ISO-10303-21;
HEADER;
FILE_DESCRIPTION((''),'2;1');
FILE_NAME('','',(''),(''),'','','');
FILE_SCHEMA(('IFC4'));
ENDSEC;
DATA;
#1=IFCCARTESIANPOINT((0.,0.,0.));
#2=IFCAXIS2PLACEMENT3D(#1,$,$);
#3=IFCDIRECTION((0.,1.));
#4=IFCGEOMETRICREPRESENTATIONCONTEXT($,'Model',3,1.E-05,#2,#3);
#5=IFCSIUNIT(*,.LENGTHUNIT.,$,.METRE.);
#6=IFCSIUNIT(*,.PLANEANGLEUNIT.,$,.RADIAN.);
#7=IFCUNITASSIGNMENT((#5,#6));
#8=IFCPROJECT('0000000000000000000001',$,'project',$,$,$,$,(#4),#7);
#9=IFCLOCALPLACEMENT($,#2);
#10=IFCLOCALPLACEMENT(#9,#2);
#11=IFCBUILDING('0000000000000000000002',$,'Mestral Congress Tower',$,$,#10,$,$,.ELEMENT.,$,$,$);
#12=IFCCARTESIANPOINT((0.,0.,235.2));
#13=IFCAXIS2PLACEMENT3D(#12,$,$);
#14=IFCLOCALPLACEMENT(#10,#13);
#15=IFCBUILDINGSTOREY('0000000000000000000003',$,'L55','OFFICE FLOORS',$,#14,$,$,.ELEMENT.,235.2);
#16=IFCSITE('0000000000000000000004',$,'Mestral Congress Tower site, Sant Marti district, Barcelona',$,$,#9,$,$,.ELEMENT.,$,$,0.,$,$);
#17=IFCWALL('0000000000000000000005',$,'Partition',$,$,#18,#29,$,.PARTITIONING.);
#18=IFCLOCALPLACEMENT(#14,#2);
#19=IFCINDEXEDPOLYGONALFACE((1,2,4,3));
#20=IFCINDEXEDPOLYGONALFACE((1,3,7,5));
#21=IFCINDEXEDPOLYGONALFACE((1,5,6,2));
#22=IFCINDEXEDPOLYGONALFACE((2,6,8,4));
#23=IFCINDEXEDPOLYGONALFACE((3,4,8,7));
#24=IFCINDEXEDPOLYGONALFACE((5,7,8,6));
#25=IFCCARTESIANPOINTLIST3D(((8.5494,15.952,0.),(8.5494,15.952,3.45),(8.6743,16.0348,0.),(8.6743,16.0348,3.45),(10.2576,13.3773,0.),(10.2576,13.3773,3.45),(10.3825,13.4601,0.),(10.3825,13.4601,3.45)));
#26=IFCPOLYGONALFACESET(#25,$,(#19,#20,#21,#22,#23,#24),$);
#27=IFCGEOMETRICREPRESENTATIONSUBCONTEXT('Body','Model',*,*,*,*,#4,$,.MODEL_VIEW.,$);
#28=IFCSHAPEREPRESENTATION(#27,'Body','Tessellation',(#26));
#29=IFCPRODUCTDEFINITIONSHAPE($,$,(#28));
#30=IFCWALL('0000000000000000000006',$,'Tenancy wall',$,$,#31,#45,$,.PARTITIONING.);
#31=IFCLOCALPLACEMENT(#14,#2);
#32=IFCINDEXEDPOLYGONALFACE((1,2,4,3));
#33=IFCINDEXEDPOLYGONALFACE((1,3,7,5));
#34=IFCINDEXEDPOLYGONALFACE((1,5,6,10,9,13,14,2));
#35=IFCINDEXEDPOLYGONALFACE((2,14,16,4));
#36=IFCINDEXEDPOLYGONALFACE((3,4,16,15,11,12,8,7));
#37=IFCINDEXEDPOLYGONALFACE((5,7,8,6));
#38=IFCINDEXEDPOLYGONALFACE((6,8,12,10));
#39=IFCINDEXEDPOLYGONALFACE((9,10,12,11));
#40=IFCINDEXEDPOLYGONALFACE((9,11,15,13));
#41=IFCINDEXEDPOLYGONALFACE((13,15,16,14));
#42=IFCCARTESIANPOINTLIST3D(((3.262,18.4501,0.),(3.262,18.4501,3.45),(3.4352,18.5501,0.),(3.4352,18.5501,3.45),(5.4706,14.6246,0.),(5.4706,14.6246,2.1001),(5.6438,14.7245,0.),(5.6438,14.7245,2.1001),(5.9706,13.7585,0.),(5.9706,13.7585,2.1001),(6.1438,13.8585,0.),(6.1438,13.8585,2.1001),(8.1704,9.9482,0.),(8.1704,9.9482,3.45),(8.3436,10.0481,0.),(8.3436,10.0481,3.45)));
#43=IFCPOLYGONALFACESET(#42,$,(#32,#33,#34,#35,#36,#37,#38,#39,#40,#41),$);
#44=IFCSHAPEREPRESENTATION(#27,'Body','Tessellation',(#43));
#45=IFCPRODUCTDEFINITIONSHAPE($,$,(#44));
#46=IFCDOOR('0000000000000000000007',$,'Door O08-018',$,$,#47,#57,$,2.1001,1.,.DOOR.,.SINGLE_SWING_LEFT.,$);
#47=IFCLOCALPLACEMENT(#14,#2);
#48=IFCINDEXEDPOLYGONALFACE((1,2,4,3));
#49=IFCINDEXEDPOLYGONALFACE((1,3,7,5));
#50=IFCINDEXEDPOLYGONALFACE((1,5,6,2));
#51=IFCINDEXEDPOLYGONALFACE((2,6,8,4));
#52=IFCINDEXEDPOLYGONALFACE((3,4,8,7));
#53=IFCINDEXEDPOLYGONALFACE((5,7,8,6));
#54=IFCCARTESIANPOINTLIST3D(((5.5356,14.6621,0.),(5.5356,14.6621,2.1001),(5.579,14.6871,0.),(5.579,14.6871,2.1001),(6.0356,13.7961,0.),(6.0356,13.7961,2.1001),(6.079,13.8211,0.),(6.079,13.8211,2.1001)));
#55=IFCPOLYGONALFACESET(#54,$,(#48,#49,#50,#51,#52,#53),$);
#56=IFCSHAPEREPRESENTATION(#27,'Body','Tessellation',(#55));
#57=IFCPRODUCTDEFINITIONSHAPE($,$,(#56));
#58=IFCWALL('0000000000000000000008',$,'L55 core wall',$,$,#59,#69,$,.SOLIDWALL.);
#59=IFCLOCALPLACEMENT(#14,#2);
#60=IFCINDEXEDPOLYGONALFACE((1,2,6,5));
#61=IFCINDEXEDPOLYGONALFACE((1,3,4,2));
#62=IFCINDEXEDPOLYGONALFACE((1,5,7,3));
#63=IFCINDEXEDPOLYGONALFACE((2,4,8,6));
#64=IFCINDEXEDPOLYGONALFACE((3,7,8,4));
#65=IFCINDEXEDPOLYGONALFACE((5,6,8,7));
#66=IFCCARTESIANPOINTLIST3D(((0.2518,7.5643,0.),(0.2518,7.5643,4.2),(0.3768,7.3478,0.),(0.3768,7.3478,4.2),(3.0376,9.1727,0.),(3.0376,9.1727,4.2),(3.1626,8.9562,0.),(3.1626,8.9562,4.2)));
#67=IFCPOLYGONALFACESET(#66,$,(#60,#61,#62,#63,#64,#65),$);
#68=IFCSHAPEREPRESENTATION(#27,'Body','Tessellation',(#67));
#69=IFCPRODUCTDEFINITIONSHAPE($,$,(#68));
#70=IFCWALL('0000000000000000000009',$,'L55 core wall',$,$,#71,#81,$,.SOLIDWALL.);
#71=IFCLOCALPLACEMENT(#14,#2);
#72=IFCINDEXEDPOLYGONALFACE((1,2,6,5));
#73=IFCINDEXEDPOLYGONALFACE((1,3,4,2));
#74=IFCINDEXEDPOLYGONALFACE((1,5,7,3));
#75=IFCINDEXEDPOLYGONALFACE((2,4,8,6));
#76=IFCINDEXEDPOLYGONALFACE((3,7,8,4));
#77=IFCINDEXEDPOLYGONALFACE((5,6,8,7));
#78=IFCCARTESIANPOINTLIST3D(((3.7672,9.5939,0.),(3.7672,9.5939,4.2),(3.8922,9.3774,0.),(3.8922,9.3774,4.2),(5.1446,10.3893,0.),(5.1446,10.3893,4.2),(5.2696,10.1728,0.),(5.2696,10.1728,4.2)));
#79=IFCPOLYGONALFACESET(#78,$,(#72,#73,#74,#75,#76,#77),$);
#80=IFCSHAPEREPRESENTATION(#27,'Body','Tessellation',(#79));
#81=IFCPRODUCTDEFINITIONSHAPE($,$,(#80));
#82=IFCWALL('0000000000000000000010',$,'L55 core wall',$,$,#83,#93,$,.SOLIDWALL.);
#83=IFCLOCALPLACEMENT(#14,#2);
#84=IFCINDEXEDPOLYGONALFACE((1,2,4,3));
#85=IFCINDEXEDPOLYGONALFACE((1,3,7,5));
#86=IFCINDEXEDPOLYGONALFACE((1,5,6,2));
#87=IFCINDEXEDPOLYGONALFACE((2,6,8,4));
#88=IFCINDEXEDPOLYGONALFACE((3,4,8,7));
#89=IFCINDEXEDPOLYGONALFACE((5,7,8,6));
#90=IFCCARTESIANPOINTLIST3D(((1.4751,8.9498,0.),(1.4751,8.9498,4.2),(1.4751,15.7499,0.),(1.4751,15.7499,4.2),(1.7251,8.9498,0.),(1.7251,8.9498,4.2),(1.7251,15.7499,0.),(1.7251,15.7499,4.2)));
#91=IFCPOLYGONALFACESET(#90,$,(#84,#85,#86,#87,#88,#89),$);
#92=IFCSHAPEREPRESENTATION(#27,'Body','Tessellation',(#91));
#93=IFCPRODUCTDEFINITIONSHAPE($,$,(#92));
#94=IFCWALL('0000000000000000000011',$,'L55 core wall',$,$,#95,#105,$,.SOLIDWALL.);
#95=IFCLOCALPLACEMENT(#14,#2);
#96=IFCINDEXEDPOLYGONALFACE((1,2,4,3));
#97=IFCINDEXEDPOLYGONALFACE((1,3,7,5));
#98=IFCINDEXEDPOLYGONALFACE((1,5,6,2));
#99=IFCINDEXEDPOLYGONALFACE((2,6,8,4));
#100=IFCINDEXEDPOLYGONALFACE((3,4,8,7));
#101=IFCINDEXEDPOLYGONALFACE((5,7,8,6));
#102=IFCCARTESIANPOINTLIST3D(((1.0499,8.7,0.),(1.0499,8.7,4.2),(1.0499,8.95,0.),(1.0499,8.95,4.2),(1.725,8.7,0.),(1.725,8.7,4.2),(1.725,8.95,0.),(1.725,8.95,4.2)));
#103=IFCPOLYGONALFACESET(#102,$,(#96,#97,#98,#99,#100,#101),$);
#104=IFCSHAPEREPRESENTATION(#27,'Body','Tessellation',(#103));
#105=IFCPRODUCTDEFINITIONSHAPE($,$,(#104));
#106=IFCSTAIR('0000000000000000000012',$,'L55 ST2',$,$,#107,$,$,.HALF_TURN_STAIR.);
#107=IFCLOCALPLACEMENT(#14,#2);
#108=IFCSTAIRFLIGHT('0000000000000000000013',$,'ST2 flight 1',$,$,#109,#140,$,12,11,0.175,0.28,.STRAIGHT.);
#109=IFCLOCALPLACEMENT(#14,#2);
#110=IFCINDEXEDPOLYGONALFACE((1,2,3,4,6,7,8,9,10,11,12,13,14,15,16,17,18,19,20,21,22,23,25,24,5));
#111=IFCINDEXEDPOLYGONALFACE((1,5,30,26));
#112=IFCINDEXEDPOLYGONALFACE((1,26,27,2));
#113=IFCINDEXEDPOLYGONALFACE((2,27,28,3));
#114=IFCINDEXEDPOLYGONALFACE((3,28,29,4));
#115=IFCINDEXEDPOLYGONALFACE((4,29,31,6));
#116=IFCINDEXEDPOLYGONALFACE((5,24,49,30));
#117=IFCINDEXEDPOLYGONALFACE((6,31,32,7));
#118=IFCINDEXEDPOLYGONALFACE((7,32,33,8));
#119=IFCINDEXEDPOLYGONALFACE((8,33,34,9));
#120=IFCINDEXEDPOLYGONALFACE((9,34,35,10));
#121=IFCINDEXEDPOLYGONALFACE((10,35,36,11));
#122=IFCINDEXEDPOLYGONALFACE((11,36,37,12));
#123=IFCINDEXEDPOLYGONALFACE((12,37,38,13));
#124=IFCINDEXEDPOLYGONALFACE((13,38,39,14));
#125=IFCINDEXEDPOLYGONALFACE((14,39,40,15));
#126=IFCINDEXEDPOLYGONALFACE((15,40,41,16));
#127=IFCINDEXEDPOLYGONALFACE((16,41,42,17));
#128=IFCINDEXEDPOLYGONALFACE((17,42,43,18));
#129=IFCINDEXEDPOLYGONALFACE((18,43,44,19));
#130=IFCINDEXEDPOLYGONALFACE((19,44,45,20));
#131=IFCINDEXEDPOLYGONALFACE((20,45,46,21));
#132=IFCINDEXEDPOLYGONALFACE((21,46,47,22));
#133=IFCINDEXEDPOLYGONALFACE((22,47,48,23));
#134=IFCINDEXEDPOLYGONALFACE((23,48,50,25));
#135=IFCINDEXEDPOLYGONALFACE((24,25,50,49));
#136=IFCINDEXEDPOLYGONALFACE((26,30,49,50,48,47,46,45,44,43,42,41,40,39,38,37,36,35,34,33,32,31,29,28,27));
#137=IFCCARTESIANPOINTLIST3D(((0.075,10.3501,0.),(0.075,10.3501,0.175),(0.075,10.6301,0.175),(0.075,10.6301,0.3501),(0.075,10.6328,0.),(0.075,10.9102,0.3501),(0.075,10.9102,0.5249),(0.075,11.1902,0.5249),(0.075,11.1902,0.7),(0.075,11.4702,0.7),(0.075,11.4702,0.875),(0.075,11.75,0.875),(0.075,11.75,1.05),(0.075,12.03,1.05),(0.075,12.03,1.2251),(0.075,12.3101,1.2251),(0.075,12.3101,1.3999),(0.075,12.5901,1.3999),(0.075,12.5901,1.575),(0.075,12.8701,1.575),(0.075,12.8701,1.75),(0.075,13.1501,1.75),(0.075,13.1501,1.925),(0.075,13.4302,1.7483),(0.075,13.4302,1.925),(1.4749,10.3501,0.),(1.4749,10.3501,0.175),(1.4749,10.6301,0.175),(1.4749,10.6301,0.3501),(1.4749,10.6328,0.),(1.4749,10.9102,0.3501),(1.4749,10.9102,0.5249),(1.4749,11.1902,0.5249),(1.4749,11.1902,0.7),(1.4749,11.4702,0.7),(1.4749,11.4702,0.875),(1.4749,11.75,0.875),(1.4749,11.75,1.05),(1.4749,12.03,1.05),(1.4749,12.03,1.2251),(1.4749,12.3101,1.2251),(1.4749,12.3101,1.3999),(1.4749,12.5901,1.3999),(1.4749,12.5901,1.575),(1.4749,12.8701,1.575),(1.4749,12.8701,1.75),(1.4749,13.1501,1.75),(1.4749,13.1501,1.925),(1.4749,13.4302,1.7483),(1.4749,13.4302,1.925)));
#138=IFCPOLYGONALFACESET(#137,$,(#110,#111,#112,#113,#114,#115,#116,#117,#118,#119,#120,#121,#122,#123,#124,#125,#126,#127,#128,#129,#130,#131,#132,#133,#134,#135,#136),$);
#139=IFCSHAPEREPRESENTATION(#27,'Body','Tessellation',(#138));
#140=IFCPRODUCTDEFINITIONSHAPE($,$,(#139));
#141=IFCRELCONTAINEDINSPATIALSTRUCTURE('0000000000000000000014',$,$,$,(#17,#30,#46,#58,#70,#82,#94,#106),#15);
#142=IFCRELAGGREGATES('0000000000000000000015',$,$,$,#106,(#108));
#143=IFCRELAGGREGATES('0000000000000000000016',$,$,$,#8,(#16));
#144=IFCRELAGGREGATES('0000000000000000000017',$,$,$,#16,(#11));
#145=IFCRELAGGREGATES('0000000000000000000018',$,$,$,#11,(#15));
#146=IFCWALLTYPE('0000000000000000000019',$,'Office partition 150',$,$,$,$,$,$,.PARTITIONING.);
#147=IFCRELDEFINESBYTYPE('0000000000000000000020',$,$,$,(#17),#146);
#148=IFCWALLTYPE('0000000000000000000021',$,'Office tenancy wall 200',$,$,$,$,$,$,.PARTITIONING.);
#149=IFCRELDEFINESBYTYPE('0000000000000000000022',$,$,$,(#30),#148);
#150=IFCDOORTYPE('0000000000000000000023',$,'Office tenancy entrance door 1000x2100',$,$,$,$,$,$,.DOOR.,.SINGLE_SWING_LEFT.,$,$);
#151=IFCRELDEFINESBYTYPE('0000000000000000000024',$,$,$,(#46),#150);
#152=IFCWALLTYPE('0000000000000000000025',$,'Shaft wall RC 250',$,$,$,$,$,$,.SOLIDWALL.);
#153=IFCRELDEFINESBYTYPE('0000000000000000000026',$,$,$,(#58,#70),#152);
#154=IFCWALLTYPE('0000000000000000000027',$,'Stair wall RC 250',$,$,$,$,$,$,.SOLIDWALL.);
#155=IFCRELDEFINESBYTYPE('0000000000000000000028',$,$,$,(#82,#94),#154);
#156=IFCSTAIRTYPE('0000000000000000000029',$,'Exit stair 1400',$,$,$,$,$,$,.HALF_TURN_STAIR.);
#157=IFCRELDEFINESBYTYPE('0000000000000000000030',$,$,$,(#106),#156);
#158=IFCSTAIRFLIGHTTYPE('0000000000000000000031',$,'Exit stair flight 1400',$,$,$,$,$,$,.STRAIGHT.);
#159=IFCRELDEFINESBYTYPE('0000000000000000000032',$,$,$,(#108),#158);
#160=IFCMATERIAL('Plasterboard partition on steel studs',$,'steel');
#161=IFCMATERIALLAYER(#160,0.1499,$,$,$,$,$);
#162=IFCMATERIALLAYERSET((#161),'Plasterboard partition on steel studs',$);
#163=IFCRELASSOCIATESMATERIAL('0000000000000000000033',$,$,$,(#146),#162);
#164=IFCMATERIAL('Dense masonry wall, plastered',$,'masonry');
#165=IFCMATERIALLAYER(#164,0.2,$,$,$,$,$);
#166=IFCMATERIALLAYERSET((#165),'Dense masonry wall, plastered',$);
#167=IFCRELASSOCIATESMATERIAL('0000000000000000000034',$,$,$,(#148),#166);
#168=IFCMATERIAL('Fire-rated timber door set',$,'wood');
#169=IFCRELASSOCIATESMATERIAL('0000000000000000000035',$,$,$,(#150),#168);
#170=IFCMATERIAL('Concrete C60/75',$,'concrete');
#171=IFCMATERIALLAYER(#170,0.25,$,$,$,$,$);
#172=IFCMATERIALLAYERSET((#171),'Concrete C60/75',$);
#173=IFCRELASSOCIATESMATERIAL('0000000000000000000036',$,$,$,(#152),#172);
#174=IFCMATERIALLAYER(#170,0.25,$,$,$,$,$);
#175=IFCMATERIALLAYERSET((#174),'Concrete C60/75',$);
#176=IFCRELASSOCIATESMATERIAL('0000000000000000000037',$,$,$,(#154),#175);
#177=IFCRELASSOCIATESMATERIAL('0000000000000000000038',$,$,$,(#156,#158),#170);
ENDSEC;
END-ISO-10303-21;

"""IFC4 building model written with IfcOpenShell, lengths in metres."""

from ifc_helpers import new_model, si_unit, direction, frame, frame_2d, origin, place, context, subcontext, project, spatial, polyline, rectangle, outline, extrude, material, layer, layer_set, type_object, element, fill, aggregate, save


model = new_model("IFC4")

# Units and contexts
model_context = context("Model", 3, precision=1e-05, world=origin(), true_north=direction((0.0, 1.0)))
body_context = subcontext(model_context, "Body", "Model", "MODEL_VIEW")
ifc_project = project(units=[si_unit("LENGTHUNIT", "METRE"), si_unit("PLANEANGLEUNIT", "RADIAN")], contexts=[model_context])

# Site, building, storey
site_placement = place(None, origin())
site = spatial("IfcSite", under=ifc_project, at=site_placement, Name="Mestral Congress Tower site, Sant Marti district, Barcelona", CompositionType="ELEMENT", RefElevation=0.0)
building_placement = place(site_placement, origin())
building = spatial("IfcBuilding", under=site, at=building_placement, Name="Mestral Congress Tower", CompositionType="ELEMENT")
storey_placement = place(building_placement, frame((0.0, 0.0, 235.2)))
storey = spatial("IfcBuildingStorey", under=building, at=storey_placement, Name="L55", Description="OFFICE FLOORS", CompositionType="ELEMENT", Elevation=235.2)

# Shared definitions
ifc_material_1 = material(Name="Concrete C60/75", Category="concrete")

# Shared definitions
ifc_material_2 = material(Name="Plasterboard partition on steel studs", Category="steel")
ifc_layer_1 = layer(ifc_material_2, 0.1499)
ifc_layer_set_1 = layer_set([ifc_layer_1], Name="Plasterboard partition on steel studs")
wall_type_1 = type_object("IfcWallType", Name="Office partition 150", PredefinedType="PARTITIONING", material=ifc_layer_set_1)

# Wall
wall_1_placement = place(storey_placement, frame((10.3201, 13.4187, 0.0), z_axis=(0.0, 0.0, 1.0), x_axis=(-0.552857, 0.833276, 0.0)))
element("IfcWall", 1, at=wall_1_placement, inside=storey, type_object=wall_type_1, Name="Partition", PredefinedType="PARTITIONING", context=body_context, shape_type="SweptSolid", body=[
    extrude(rectangle(XDim=3.0898, YDim=0.1499, at=frame_2d((1.5449, 0.0))), origin(), (0.0, 0.0, 1.0), 3.45),
])

# Wall, opening, door
ifc_material_3 = material(Name="Dense masonry wall, plastered", Category="masonry")
ifc_layer_2 = layer(ifc_material_3, 0.2)
ifc_layer_set_2 = layer_set([ifc_layer_2], Name="Dense masonry wall, plastered")
wall_type_2 = type_object("IfcWallType", Name="Office tenancy wall 200", PredefinedType="PARTITIONING", material=ifc_layer_set_2)
wall_2_placement = place(storey_placement, frame((8.2571, 9.998, 0.0), z_axis=(0.0, 0.0, 1.0), x_axis=(-0.499988, 0.866032, 0.0)))
wall_2 = element("IfcWall", 2, at=wall_2_placement, inside=storey, type_object=wall_type_2, Name="Tenancy wall", PredefinedType="PARTITIONING", context=body_context, shape_type="SweptSolid", body=[
    extrude(rectangle(XDim=9.8171, YDim=0.2, at=frame_2d((4.9087, 0.0))), origin(), (0.0, 0.0, 1.0), 3.45),
])
opening_1_placement = place(wall_2_placement, frame((4.3999, 0.0, 0.0)))
opening_1 = element("IfcOpeningElement", 3, at=opening_1_placement, cuts=wall_2, PredefinedType="OPENING", context=body_context, shape_type="SweptSolid", body=[
    extrude(rectangle(XDim=1.0, YDim=2.1001, at=frame_2d((0.5, 1.05))), frame((0.0, 0.1099, 0.0), z_axis=(0.0, -1.0, 0.0), x_axis=(1.0, 0.0, 0.0)), (0.0, 0.0, 1.0), 0.22),
])
ifc_material_4 = material(Name="Fire-rated timber door set", Category="wood")
door_type_1 = type_object("IfcDoorType", Name="Office tenancy entrance door 1000x2100", OperationType="SINGLE_SWING_LEFT", PredefinedType="DOOR", material=ifc_material_4)
door_1_placement = place(opening_1_placement, origin())
door_1 = element("IfcDoor", 4, at=door_1_placement, inside=storey, type_object=door_type_1, Name="Door O08-018", OperationType="SINGLE_SWING_LEFT", OverallHeight=2.1001, OverallWidth=1.0, PredefinedType="DOOR", context=body_context, shape_type="SweptSolid", body=[
    extrude(rectangle(XDim=1.0, YDim=2.1001, at=frame_2d((0.5, 1.05))), frame((0.0, 0.0249, 0.0), z_axis=(0.0, -1.0, 0.0), x_axis=(1.0, 0.0, 0.0)), (0.0, 0.0, 1.0), 0.05),
])
fill(opening_1, door_1)

# Walls
ifc_layer_3 = layer(ifc_material_1, 0.25)
ifc_layer_set_3 = layer_set([ifc_layer_3], Name="Concrete C60/75")
wall_type_3 = type_object("IfcWallType", Name="Shaft wall RC 250", PredefinedType="SOLIDWALL", material=ifc_layer_set_3)
wall_3_placement = place(storey_placement, frame((3.1001, 9.0645, 0.0), z_axis=(0.0, 0.0, 1.0), x_axis=(-0.86603, -0.499992, 0.0)))
element("IfcWall", 5, at=wall_3_placement, inside=storey, type_object=wall_type_3, Name="L55 core wall", PredefinedType="SOLIDWALL", context=body_context, shape_type="SweptSolid", body=[
    extrude(rectangle(XDim=3.2168, YDim=0.25, at=frame_2d((1.6084, 0.0))), origin(), (0.0, 0.0, 1.0), 4.2),
])
wall_4_placement = place(storey_placement, frame((3.8296, 9.4856, 0.0), z_axis=(0.0, 0.0, 1.0), x_axis=(0.865986, 0.500068, 0.0)))
element("IfcWall", 6, at=wall_4_placement, inside=storey, type_object=wall_type_3, Name="L55 core wall", PredefinedType="SOLIDWALL", context=body_context, shape_type="SweptSolid", body=[
    extrude(rectangle(XDim=1.5906, YDim=0.25, at=frame_2d((0.7954, 0.0))), origin(), (0.0, 0.0, 1.0), 4.2),
])
ifc_layer_4 = layer(ifc_material_1, 0.25)
ifc_layer_set_4 = layer_set([ifc_layer_4], Name="Concrete C60/75")
wall_type_4 = type_object("IfcWallType", Name="Stair wall RC 250", PredefinedType="SOLIDWALL", material=ifc_layer_set_4)
wall_5_placement = place(storey_placement, frame((1.6001, 8.95, 0.0), z_axis=(0.0, 0.0, 1.0), x_axis=(0.0, 1.0, 0.0)))
element("IfcWall", 7, at=wall_5_placement, inside=storey, type_object=wall_type_4, Name="L55 core wall", PredefinedType="SOLIDWALL", context=body_context, shape_type="SweptSolid", body=[
    extrude(rectangle(XDim=6.8, YDim=0.25, at=frame_2d((3.3999, 0.0))), origin(), (0.0, 0.0, 1.0), 4.2),
])
wall_6_placement = place(storey_placement, frame((1.05, 8.825, 0.0), z_axis=(0.0, 0.0, 1.0), x_axis=(1.0, 0.0, 0.0)))
element("IfcWall", 8, at=wall_6_placement, inside=storey, type_object=wall_type_4, Name="L55 core wall", PredefinedType="SOLIDWALL", context=body_context, shape_type="SweptSolid", body=[
    extrude(rectangle(XDim=0.675, YDim=0.25, at=frame_2d((0.3374, 0.0))), origin(), (0.0, 0.0, 1.0), 4.2),
])

# Stair, stair flight
stair_type = type_object("IfcStairType", Name="Exit stair 1400", PredefinedType="HALF_TURN_STAIR", material=ifc_material_1)
stair_placement = place(storey_placement, origin())
stair = element("IfcStair", 9, at=stair_placement, inside=storey, type_object=stair_type, Name="L55 ST2", PredefinedType="HALF_TURN_STAIR")
stair_flight_type = type_object("IfcStairFlightType", Name="Exit stair flight 1400", PredefinedType="STRAIGHT", material=ifc_material_1)
stair_flight_placement = place(storey_placement, frame((0.7749, 10.3501, 0.0), z_axis=(0.0, 0.0, 1.0), x_axis=(0.0, 1.0, 0.0)))
stair_flight = element("IfcStairFlight", 10, at=stair_flight_placement, type_object=stair_flight_type, Name="ST2 flight 1", NumberOfRisers=12, NumberOfTreads=11, PredefinedType="STRAIGHT", RiserHeight=0.175, TreadLength=0.28, context=body_context, shape_type="SweptSolid", body=[
    extrude(outline(polyline([(0.0, 0.0), (0.0, 0.175), (0.28, 0.175), (0.28, 0.3501), (0.5601, 0.3501), (0.5601, 0.5249), (0.8401, 0.5249), (0.8401, 0.7), (1.1201, 0.7), (1.1201, 0.875), (1.3999, 0.875), (1.3999, 1.05), (1.6799, 1.05), (1.6799, 1.2251), (1.96, 1.2251), (1.96, 1.3999), (2.24, 1.3999), (2.24, 1.575), (2.52, 1.575), (2.52, 1.75), (2.8, 1.75), (2.8, 1.925), (3.0801, 1.925), (3.0801, 2.1001), (3.0801, 1.7483), (0.2827, 0.0), (0.0, 0.0)])), frame((0.0, 0.7, 0.0), z_axis=(0.0, -1.0, 0.0), x_axis=(1.0, 0.0, 0.0)), (0.0, 0.0, 1.0), 1.3999),
])
aggregate(stair, [stair_flight])

save(model, "model.ifc")
